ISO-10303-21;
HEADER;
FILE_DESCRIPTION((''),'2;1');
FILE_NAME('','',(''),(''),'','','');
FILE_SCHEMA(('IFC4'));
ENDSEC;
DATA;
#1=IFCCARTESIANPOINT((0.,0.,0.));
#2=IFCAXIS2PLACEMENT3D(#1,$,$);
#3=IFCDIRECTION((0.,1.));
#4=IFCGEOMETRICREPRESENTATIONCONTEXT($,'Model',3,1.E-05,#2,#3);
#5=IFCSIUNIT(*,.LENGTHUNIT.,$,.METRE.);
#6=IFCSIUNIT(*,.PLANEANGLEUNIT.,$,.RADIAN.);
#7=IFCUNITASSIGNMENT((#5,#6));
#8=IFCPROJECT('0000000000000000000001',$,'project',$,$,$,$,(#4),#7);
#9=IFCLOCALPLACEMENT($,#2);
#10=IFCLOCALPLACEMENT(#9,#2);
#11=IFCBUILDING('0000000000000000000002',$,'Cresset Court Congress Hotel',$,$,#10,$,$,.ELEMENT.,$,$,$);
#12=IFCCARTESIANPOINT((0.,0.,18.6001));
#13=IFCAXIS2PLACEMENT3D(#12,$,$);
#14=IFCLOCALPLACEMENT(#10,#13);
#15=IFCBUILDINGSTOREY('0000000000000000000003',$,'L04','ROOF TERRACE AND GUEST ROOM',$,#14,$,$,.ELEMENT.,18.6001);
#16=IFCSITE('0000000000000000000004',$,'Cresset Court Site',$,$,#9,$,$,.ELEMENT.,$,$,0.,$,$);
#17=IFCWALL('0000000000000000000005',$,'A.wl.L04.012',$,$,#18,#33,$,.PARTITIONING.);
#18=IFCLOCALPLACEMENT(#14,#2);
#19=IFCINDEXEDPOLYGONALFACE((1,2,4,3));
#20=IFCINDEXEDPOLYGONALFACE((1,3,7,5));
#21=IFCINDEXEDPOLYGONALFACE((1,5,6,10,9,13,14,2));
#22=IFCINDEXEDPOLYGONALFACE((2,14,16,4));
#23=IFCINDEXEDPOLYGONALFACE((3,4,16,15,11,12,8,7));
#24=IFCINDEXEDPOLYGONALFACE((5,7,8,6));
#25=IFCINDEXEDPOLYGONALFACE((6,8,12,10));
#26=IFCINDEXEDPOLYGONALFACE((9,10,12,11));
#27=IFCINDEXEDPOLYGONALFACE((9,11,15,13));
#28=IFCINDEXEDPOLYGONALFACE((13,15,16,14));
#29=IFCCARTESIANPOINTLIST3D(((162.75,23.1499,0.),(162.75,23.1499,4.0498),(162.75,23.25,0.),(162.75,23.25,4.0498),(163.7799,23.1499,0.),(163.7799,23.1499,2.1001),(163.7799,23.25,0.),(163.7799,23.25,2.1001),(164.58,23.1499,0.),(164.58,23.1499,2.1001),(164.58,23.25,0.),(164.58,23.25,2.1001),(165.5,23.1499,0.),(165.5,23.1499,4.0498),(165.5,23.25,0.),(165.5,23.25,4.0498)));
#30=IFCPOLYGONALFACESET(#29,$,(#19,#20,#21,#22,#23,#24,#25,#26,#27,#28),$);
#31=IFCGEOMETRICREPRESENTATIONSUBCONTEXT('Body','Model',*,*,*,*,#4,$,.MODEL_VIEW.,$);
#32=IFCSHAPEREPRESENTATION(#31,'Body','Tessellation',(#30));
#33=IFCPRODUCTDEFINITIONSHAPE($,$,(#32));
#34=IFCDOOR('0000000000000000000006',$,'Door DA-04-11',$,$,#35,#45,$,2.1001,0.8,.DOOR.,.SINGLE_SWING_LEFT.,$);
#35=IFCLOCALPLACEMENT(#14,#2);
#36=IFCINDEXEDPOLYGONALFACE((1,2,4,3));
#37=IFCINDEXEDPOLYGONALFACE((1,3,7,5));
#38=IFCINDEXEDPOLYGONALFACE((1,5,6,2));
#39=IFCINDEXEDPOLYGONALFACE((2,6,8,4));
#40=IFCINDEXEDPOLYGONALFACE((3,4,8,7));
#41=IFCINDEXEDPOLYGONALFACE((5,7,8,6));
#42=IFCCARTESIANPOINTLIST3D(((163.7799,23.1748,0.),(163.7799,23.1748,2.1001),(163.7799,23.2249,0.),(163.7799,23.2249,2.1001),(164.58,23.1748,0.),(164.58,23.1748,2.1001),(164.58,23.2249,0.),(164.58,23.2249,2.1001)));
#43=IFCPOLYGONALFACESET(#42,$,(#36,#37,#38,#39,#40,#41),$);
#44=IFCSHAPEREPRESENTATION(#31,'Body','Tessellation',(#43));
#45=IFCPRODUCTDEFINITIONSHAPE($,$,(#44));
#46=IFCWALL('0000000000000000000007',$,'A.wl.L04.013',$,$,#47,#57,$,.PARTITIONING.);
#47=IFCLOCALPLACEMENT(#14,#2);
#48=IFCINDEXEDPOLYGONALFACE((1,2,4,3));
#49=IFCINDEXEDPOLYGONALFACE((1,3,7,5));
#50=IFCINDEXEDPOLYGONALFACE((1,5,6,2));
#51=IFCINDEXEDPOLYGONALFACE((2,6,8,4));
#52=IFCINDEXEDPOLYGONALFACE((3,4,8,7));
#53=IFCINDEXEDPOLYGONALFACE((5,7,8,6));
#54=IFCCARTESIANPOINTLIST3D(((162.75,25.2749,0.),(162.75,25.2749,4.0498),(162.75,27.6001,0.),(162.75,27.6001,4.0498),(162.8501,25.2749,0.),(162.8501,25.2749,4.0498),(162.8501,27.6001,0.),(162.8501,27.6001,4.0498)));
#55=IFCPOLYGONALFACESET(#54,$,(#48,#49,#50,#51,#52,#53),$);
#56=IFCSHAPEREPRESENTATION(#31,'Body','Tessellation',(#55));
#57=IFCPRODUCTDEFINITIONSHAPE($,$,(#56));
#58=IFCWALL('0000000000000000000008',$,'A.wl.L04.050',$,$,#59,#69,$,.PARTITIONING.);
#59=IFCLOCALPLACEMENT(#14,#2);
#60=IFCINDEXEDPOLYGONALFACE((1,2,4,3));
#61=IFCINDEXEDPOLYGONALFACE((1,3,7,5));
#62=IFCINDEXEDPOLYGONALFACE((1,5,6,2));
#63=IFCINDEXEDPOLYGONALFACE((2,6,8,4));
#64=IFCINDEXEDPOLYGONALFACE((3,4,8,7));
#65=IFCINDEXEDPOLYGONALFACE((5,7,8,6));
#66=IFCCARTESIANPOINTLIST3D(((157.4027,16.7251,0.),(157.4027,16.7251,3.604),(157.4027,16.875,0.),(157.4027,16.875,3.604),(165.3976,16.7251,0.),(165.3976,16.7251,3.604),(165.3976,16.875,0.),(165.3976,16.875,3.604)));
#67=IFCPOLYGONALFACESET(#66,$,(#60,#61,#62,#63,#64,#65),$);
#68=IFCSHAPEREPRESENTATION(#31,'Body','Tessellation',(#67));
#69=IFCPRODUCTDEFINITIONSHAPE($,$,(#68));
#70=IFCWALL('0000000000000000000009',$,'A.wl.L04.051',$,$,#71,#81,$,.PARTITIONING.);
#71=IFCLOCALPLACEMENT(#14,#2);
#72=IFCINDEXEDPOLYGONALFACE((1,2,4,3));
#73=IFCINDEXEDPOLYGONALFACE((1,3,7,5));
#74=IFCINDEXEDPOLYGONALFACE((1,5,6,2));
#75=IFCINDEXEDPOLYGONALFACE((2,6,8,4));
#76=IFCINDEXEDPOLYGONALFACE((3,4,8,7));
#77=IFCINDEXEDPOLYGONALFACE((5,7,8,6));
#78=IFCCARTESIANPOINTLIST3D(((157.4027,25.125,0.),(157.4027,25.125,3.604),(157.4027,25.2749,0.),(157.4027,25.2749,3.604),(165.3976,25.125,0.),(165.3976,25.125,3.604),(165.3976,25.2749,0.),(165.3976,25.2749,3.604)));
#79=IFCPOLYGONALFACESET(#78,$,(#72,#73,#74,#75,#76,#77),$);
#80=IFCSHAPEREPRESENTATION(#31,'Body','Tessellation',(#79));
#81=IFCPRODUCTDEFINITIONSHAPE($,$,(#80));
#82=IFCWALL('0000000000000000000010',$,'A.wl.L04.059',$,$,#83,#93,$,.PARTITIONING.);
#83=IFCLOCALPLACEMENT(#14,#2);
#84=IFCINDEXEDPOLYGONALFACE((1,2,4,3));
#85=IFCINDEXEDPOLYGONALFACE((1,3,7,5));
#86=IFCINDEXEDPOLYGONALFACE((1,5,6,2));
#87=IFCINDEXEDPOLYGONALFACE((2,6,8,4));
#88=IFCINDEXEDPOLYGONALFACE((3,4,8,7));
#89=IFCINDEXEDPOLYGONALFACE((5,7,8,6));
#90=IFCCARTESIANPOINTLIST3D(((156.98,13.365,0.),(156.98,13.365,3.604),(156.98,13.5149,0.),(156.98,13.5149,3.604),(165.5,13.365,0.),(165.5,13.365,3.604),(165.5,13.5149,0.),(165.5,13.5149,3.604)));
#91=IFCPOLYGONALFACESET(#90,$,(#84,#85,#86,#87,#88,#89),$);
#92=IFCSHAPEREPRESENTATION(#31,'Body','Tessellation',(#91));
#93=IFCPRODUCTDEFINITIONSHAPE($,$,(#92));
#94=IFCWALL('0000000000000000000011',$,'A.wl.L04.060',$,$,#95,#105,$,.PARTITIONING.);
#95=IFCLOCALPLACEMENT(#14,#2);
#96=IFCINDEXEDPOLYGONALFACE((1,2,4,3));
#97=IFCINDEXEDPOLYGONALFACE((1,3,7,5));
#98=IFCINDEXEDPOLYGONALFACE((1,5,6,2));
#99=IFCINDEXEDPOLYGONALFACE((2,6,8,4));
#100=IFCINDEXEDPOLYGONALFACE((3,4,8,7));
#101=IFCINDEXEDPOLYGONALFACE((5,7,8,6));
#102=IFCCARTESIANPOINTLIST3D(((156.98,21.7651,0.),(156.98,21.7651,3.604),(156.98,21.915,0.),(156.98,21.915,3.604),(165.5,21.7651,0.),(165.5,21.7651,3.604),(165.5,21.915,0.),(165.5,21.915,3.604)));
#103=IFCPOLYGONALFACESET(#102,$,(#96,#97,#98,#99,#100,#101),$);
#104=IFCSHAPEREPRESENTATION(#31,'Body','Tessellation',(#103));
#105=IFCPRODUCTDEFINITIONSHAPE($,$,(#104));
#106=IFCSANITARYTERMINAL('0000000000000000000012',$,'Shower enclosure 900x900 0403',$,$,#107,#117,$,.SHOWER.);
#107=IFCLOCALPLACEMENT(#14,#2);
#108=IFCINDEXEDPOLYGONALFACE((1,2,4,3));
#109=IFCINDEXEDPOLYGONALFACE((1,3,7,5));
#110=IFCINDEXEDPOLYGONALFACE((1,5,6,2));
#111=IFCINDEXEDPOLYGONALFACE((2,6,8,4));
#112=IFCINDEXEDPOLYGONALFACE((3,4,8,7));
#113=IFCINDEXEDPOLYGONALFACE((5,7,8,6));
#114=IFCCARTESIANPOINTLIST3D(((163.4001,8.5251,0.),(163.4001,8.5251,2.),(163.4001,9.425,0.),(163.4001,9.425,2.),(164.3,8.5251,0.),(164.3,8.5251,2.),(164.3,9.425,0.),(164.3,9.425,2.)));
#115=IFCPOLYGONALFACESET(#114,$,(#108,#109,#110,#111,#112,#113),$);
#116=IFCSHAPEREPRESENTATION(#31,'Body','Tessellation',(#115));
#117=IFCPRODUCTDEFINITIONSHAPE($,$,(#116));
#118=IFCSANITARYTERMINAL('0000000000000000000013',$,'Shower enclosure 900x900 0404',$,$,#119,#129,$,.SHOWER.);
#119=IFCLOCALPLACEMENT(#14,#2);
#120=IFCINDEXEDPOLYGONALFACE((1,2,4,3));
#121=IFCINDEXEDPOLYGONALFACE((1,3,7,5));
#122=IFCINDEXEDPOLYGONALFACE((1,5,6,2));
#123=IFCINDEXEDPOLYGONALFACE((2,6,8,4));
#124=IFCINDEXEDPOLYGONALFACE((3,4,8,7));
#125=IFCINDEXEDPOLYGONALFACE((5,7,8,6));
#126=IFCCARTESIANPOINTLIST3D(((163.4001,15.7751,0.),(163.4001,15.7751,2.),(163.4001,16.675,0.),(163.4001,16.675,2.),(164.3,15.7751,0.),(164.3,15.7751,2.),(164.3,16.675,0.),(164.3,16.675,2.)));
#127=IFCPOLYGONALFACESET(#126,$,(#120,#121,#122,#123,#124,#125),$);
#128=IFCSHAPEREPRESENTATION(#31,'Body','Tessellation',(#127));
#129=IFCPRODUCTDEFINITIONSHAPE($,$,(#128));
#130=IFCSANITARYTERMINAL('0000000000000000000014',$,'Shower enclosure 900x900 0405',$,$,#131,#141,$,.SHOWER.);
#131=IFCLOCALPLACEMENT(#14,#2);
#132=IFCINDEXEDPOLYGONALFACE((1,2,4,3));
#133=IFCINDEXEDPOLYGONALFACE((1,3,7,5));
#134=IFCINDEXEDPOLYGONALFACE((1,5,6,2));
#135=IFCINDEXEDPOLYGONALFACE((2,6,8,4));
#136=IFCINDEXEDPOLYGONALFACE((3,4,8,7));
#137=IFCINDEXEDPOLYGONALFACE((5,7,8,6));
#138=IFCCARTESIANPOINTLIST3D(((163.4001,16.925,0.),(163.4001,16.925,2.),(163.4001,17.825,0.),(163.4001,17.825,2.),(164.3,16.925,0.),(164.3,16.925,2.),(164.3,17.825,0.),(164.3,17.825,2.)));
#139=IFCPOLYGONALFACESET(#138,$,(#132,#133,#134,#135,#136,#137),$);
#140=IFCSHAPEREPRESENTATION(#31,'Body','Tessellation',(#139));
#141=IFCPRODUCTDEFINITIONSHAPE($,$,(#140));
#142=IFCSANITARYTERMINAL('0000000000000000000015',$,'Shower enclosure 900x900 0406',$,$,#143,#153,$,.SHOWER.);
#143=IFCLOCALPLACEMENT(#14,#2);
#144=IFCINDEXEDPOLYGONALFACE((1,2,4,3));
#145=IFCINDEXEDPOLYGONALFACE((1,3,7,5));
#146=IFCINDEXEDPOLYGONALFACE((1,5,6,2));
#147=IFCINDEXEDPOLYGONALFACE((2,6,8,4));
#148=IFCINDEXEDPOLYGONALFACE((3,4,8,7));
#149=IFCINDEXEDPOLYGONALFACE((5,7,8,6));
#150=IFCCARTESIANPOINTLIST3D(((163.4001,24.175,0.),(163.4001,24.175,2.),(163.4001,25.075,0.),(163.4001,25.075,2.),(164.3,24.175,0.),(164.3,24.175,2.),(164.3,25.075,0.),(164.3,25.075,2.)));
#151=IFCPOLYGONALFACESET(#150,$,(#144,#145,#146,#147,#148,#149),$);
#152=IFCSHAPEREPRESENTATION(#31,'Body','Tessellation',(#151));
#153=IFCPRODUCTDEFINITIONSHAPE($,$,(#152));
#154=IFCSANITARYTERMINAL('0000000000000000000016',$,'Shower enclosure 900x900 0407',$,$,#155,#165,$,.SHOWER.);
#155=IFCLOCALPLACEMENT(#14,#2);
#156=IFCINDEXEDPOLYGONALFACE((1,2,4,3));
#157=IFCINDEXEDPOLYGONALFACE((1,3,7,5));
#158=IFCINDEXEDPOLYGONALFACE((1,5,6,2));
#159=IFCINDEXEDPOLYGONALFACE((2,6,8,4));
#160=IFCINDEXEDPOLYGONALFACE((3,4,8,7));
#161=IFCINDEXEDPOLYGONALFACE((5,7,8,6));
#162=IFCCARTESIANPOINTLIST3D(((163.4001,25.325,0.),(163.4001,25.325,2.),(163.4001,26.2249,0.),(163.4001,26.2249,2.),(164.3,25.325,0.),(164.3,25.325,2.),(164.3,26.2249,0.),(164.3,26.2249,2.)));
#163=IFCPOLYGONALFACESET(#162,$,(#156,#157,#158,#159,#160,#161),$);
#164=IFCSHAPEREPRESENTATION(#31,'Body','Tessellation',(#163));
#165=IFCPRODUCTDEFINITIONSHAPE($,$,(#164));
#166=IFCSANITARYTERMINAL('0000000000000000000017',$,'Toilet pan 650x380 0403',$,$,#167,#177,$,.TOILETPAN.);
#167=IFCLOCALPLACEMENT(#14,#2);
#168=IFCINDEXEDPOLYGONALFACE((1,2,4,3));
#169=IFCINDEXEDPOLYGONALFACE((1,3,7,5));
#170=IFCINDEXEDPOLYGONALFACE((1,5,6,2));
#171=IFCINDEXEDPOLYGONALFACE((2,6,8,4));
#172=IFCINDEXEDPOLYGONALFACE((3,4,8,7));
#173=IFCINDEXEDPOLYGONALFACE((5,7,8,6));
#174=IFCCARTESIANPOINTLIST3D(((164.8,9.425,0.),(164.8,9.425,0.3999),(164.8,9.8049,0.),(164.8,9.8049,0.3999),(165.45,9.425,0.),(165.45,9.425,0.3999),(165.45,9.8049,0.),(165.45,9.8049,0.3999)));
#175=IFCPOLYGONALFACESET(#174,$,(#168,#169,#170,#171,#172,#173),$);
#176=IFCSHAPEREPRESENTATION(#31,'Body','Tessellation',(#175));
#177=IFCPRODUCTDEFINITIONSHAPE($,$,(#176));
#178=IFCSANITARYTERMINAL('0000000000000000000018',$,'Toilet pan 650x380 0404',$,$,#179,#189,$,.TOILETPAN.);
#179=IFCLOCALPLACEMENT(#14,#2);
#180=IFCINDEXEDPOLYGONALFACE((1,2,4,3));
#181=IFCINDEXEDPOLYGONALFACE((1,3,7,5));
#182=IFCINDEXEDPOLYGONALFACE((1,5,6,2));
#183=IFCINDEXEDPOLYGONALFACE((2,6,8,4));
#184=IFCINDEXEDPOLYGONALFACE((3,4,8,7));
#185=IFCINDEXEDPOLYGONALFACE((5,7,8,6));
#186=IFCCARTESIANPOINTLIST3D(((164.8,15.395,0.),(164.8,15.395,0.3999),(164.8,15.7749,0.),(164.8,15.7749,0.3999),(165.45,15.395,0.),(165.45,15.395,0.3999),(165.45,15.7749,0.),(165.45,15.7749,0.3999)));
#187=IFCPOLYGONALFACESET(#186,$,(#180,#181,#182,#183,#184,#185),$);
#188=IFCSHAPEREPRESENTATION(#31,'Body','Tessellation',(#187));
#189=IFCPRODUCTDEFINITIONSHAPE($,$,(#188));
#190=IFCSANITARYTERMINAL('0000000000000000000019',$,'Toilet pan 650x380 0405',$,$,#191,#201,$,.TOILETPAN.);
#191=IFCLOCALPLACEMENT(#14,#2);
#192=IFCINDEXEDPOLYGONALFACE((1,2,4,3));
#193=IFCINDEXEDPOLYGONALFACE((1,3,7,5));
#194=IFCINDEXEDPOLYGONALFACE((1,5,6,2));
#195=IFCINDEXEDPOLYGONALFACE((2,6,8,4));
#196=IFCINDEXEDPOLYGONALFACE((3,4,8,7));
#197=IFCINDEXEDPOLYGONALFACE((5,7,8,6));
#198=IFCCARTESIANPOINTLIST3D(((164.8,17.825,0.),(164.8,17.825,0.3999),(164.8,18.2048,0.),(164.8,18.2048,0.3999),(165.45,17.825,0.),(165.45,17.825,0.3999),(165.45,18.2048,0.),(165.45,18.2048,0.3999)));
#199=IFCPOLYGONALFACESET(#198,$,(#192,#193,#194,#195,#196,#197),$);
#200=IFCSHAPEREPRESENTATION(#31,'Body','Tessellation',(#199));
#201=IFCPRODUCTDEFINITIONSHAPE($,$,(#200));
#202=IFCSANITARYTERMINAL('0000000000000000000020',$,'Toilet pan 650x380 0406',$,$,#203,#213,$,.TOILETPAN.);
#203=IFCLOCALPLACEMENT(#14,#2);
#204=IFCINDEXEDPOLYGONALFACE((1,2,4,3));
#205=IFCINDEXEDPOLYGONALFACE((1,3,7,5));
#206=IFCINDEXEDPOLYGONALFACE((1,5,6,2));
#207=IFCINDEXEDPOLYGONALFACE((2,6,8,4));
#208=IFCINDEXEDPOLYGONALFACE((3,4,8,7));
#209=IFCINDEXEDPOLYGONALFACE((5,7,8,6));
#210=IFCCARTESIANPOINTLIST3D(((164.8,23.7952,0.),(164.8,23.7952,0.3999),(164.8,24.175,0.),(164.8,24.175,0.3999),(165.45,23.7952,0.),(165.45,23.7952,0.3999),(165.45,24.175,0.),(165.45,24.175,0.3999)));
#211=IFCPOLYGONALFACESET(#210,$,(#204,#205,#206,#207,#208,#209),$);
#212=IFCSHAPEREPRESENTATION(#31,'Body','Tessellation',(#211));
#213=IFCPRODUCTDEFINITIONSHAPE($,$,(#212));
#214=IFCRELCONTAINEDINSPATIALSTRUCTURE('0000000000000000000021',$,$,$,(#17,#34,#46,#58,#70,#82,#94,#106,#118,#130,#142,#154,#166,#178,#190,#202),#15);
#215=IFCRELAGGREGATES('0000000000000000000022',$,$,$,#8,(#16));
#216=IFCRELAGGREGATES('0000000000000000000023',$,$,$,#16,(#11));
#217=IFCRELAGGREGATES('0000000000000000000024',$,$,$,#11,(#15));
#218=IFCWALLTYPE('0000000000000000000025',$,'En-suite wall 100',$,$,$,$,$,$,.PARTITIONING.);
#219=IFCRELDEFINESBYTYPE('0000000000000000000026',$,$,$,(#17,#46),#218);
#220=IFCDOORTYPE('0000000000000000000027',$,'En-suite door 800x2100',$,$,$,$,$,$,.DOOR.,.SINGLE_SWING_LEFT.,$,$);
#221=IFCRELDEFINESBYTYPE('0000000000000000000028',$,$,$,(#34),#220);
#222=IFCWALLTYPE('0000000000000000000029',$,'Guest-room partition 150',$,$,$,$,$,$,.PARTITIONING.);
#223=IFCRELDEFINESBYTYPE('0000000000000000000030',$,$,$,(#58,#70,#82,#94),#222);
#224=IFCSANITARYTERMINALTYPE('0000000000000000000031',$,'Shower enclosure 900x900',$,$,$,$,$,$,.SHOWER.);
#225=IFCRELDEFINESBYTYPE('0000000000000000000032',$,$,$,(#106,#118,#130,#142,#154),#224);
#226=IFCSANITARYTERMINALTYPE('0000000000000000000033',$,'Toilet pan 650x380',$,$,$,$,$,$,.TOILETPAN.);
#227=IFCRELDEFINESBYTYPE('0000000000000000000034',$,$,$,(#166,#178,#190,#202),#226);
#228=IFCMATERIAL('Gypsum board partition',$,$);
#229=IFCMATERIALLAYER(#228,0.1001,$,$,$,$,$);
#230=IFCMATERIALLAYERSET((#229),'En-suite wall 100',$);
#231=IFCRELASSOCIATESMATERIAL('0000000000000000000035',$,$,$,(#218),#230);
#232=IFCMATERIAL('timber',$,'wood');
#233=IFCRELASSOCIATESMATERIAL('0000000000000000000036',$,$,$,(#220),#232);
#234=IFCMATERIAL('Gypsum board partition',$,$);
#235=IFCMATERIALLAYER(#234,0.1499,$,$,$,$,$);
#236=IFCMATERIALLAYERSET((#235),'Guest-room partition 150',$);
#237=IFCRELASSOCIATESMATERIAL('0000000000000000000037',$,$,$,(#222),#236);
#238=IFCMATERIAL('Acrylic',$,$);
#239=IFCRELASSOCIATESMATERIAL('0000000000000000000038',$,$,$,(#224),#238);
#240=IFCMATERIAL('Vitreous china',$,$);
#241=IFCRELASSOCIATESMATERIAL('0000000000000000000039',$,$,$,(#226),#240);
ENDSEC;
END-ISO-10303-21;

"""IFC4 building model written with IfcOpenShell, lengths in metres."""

from ifc_helpers import new_model, si_unit, direction, frame, frame_2d, origin, origin_2d, place, context, subcontext, project, spatial, rectangle, extrude, material, layer, layer_set, type_object, element, fill, save


model = new_model("IFC4")

# Units and contexts
model_context = context("Model", 3, precision=1e-05, world=origin(), true_north=direction((0.0, 1.0)))
body_context = subcontext(model_context, "Body", "Model", "MODEL_VIEW")
ifc_project = project(units=[si_unit("LENGTHUNIT", "METRE"), si_unit("PLANEANGLEUNIT", "RADIAN")], contexts=[model_context])

# Site, building, storey
site_placement = place(None, origin())
site = spatial("IfcSite", under=ifc_project, at=site_placement, Name="Cresset Court Site", CompositionType="ELEMENT", RefElevation=0.0)
building_placement = place(site_placement, origin())
building = spatial("IfcBuilding", under=site, at=building_placement, Name="Cresset Court Congress Hotel", CompositionType="ELEMENT")
storey_placement = place(building_placement, frame((0.0, 0.0, 18.6001)))
storey = spatial("IfcBuildingStorey", under=building, at=storey_placement, Name="L04", Description="ROOF TERRACE AND GUEST ROOM", CompositionType="ELEMENT", Elevation=18.6001)

# Shared definitions
ifc_material_1 = material(Name="Gypsum board partition")
ifc_layer_1 = layer(ifc_material_1, 0.1001)
ifc_layer_set_1 = layer_set([ifc_layer_1], Name="En-suite wall 100")
wall_type_1 = type_object("IfcWallType", Name="En-suite wall 100", PredefinedType="PARTITIONING", material=ifc_layer_set_1)
ifc_material_2 = material(Name="timber", Category="wood")
door_type = type_object("IfcDoorType", Name="En-suite door 800x2100", OperationType="SINGLE_SWING_LEFT", PredefinedType="DOOR", material=ifc_material_2)

# Wall, opening, door
wall_1_placement = place(storey_placement, frame((162.75, 23.2, 0.0), z_axis=(0.0, 0.0, 1.0), x_axis=(1.0, 0.0, 0.0)))
wall_1 = element("IfcWall", 1, at=wall_1_placement, inside=storey, type_object=wall_type_1, Name="A.wl.L04.012", PredefinedType="PARTITIONING", context=body_context, shape_type="SweptSolid", body=[
    extrude(rectangle(XDim=2.75, YDim=0.1001, at=frame_2d((1.375, 0.0))), origin(), (0.0, 0.0, 1.0), 4.0498),
])
opening_1_placement = place(wall_1_placement, frame((1.03, 0.0, 0.0)))
opening_1 = element("IfcOpeningElement", 2, at=opening_1_placement, cuts=wall_1, PredefinedType="OPENING", context=body_context, shape_type="SweptSolid", body=[
    extrude(rectangle(XDim=0.8, YDim=2.1001, at=frame_2d((0.3999, 1.05))), frame((0.0, 0.0601, 0.0), z_axis=(0.0, -1.0, 0.0), x_axis=(1.0, 0.0, 0.0)), (0.0, 0.0, 1.0), 0.1201),
])
door_1_placement = place(opening_1_placement, origin())
door_1 = element("IfcDoor", 3, at=door_1_placement, inside=storey, type_object=door_type, Name="Door DA-04-11", OperationType="SINGLE_SWING_LEFT", OverallHeight=2.1001, OverallWidth=0.8, PredefinedType="DOOR", context=body_context, shape_type="SweptSolid", body=[
    extrude(rectangle(XDim=0.8, YDim=2.1001, at=frame_2d((0.3999, 1.05))), frame((0.0, 0.0249, 0.0), z_axis=(0.0, -1.0, 0.0), x_axis=(1.0, 0.0, 0.0)), (0.0, 0.0, 1.0), 0.05),
])
fill(opening_1, door_1)

# Walls
wall_2_placement = place(storey_placement, frame((162.8, 25.2749, 0.0), z_axis=(0.0, 0.0, 1.0), x_axis=(0.0, 1.0, 0.0)))
element("IfcWall", 4, at=wall_2_placement, inside=storey, type_object=wall_type_1, Name="A.wl.L04.013", PredefinedType="PARTITIONING", context=body_context, shape_type="SweptSolid", body=[
    extrude(rectangle(XDim=2.3252, YDim=0.1001, at=frame_2d((1.1626, 0.0))), origin(), (0.0, 0.0, 1.0), 4.0498),
])
ifc_material_3 = material(Name="Gypsum board partition")
ifc_layer_2 = layer(ifc_material_3, 0.1499)
ifc_layer_set_2 = layer_set([ifc_layer_2], Name="Guest-room partition 150")
wall_type_2 = type_object("IfcWallType", Name="Guest-room partition 150", PredefinedType="PARTITIONING", material=ifc_layer_set_2)
for number, where, z_axis, x_axis, name in (
    (5, (157.4026, 16.8, 0.0), (0.0, 0.0, 1.0), (1.0, 0.0, 0.0), "A.wl.L04.050"),
    (6, (157.4026, 25.2, 0.0), (0.0, 0.0, 1.0), (1.0, 0.0, 0.0), "A.wl.L04.051"),
):
    element("IfcWall", number, at=place(storey_placement, frame(where, z_axis=z_axis, x_axis=x_axis)), inside=storey, type_object=wall_type_2, Name=name, PredefinedType="PARTITIONING", context=body_context, shape_type="SweptSolid", body=[
        extrude(rectangle(XDim=7.9949, YDim=0.1499, at=frame_2d((3.9976, 0.0))), origin(), (0.0, 0.0, 1.0), 3.604),
    ])
for number, where, z_axis, x_axis, name in (
    (7, (156.98, 13.4399, 0.0), (0.0, 0.0, 1.0), (1.0, 0.0, 0.0), "A.wl.L04.059"),
    (8, (156.98, 21.8401, 0.0), (0.0, 0.0, 1.0), (1.0, 0.0, 0.0), "A.wl.L04.060"),
):
    element("IfcWall", number, at=place(storey_placement, frame(where, z_axis=z_axis, x_axis=x_axis)), inside=storey, type_object=wall_type_2, Name=name, PredefinedType="PARTITIONING", context=body_context, shape_type="SweptSolid", body=[
        extrude(rectangle(XDim=8.52, YDim=0.1499, at=frame_2d((4.26, 0.0))), origin(), (0.0, 0.0, 1.0), 3.604),
    ])

# Sanitary terminals
ifc_material_4 = material(Name="Acrylic")
sanitary_terminal_type_1 = type_object("IfcSanitaryTerminalType", Name="Shower enclosure 900x900", PredefinedType="SHOWER", material=ifc_material_4)
for number, where, z_axis, x_axis, name in (
    (9, (163.8501, 8.9751, 0.0), (0.0, 0.0, 1.0), (1.0, 0.0, 0.0), "Shower enclosure 900x900 0403"),
    (10, (163.8501, 16.2251, 0.0), (0.0, 0.0, 1.0), (1.0, 0.0, 0.0), "Shower enclosure 900x900 0404"),
    (11, (163.8501, 17.375, 0.0), (0.0, 0.0, 1.0), (1.0, 0.0, 0.0), "Shower enclosure 900x900 0405"),
    (12, (163.8501, 24.625, 0.0), (0.0, 0.0, 1.0), (1.0, 0.0, 0.0), "Shower enclosure 900x900 0406"),
    (13, (163.8501, 25.7749, 0.0), (0.0, 0.0, 1.0), (1.0, 0.0, 0.0), "Shower enclosure 900x900 0407"),
):
    element("IfcSanitaryTerminal", number, at=place(storey_placement, frame(where, z_axis=z_axis, x_axis=x_axis)), inside=storey, type_object=sanitary_terminal_type_1, Name=name, PredefinedType="SHOWER", context=body_context, shape_type="SweptSolid", body=[
        extrude(rectangle(XDim=0.8999, YDim=0.8999, at=origin_2d()), origin(), (0.0, 0.0, 1.0), 2.0),
    ])
ifc_material_5 = material(Name="Vitreous china")
sanitary_terminal_type_2 = type_object("IfcSanitaryTerminalType", Name="Toilet pan 650x380", PredefinedType="TOILETPAN", material=ifc_material_5)
for number, where, z_axis, x_axis, name in (
    (14, (165.125, 9.615, 0.0), (0.0, 0.0, 1.0), (1.0, 0.0, 0.0), "Toilet pan 650x380 0403"),
    (15, (165.125, 15.585, 0.0), (0.0, 0.0, 1.0), (1.0, 0.0, 0.0), "Toilet pan 650x380 0404"),
    (16, (165.125, 18.0149, 0.0), (0.0, 0.0, 1.0), (1.0, 0.0, 0.0), "Toilet pan 650x380 0405"),
    (17, (165.125, 23.9851, 0.0), (0.0, 0.0, 1.0), (1.0, 0.0, 0.0), "Toilet pan 650x380 0406"),
):
    element("IfcSanitaryTerminal", number, at=place(storey_placement, frame(where, z_axis=z_axis, x_axis=x_axis)), inside=storey, type_object=sanitary_terminal_type_2, Name=name, PredefinedType="TOILETPAN", context=body_context, shape_type="SweptSolid", body=[
        extrude(rectangle(XDim=0.6499, YDim=0.3799, at=origin_2d()), origin(), (0.0, 0.0, 1.0), 0.3999),
    ])

save(model, "model.ifc")
